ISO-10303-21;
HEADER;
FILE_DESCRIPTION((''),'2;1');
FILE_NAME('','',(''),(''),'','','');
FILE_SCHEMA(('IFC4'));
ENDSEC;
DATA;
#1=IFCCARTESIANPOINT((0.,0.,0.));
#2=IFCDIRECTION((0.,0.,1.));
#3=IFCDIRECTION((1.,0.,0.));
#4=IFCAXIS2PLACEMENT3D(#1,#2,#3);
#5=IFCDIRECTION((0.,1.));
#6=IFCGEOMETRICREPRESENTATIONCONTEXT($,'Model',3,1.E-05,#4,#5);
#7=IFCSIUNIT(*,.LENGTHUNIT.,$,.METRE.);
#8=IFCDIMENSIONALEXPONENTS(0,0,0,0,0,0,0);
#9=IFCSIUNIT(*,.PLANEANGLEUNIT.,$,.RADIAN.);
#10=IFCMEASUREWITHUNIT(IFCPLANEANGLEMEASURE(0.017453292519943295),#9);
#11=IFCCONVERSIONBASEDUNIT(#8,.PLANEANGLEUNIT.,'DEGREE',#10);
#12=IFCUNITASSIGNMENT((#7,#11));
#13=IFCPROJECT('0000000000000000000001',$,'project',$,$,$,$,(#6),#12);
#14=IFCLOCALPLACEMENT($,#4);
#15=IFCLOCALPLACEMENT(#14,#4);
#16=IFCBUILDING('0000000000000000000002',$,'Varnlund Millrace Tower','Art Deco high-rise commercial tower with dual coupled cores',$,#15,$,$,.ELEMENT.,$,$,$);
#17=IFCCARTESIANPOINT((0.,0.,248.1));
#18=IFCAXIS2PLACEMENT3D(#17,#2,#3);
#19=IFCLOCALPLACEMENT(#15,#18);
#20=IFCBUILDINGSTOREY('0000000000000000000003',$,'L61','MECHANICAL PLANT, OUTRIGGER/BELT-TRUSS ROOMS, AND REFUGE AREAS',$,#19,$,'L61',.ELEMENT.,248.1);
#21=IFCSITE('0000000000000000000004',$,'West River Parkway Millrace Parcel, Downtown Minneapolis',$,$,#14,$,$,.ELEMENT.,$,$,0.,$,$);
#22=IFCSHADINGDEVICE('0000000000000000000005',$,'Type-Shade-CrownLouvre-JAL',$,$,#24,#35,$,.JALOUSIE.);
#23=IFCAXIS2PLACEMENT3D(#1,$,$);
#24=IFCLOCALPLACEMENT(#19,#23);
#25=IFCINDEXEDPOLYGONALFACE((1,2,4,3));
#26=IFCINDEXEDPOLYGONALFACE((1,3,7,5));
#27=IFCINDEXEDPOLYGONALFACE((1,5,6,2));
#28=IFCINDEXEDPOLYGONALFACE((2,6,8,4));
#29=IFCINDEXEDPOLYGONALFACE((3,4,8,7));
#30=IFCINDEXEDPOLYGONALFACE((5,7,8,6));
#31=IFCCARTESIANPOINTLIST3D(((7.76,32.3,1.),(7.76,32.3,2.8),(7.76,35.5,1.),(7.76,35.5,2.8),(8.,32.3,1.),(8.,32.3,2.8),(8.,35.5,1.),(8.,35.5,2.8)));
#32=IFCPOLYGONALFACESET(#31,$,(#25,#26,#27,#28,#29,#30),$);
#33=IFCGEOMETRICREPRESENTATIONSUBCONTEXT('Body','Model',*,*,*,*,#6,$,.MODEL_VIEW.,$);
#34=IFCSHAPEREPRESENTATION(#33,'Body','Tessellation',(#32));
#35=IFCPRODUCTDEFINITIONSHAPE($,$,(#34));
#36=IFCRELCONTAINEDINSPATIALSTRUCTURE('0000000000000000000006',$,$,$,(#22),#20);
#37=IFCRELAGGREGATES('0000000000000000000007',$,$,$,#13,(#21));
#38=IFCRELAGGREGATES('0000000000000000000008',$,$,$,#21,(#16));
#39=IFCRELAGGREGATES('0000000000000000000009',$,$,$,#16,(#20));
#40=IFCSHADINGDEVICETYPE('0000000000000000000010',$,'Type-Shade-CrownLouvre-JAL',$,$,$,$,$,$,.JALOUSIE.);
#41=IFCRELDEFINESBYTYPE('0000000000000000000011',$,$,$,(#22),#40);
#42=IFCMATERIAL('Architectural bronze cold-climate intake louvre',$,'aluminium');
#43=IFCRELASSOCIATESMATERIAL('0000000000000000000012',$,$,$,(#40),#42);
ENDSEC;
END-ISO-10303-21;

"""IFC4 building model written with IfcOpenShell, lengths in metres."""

from ifc_helpers import new_model, entity, si_unit, converted_unit, direction, frame, origin_with_axes, origin_2d_with_axis, place, context, subcontext, project, spatial, rectangle, extrude, material, type_object, element, save


model = new_model("IFC4")

# Units and contexts
model_context = context("Model", 3, precision=1e-05, world=origin_with_axes(), true_north=direction((0.0, 1.0)))
body_context = subcontext(model_context, "Body", "Model", "MODEL_VIEW")
ifc_project = project(units=[si_unit("LENGTHUNIT", "METRE"), converted_unit("PLANEANGLEUNIT", "DEGREE", entity("IfcPlaneAngleMeasure", 0.017453292519943295), si_unit("PLANEANGLEUNIT", "RADIAN"), dimensions=[0, 0, 0, 0, 0, 0, 0])], contexts=[model_context])

# Site, building, storey
site_placement = place(None, origin_with_axes())
site = spatial("IfcSite", under=ifc_project, at=site_placement, Name="West River Parkway Millrace Parcel, Downtown Minneapolis", CompositionType="ELEMENT", RefElevation=0.0)
building_placement = place(site_placement, origin_with_axes())
building = spatial("IfcBuilding", under=site, at=building_placement, Name="Varnlund Millrace Tower", Description="Art Deco high-rise commercial tower with dual coupled cores", CompositionType="ELEMENT")
storey_placement = place(building_placement, frame((0.0, 0.0, 248.1), z_axis=(0.0, 0.0, 1.0), x_axis=(1.0, 0.0, 0.0)))
storey = spatial("IfcBuildingStorey", under=building, at=storey_placement, Name="L61", Description="MECHANICAL PLANT, OUTRIGGER/BELT-TRUSS ROOMS, AND REFUGE AREAS", LongName="L61", CompositionType="ELEMENT", Elevation=248.1)

# Shading device
ifc_material_1 = material(Name="Architectural bronze cold-climate intake louvre", Category="aluminium")
shading_device_type = type_object("IfcShadingDeviceType", Name="Type-Shade-CrownLouvre-JAL", PredefinedType="JALOUSIE", material=ifc_material_1)
for number, where, z_axis, x_axis, name in (
    (1, (7.88, 33.9, 1.0), (0.0, 0.0, 1.0), (0.0, 1.0, 0.0), "Type-Shade-CrownLouvre-JAL"),
):
    element("IfcShadingDevice", number, at=place(storey_placement, frame(where, z_axis=z_axis, x_axis=x_axis)), inside=storey, type_object=shading_device_type, Name=name, PredefinedType="JALOUSIE", context=body_context, shape_type="SweptSolid", body=[
        extrude(rectangle(XDim=3.2, YDim=0.24, at=origin_2d_with_axis()), origin_with_axes(), (0.0, 0.0, 1.0), 1.8),
    ])

save(model, "model.ifc")
